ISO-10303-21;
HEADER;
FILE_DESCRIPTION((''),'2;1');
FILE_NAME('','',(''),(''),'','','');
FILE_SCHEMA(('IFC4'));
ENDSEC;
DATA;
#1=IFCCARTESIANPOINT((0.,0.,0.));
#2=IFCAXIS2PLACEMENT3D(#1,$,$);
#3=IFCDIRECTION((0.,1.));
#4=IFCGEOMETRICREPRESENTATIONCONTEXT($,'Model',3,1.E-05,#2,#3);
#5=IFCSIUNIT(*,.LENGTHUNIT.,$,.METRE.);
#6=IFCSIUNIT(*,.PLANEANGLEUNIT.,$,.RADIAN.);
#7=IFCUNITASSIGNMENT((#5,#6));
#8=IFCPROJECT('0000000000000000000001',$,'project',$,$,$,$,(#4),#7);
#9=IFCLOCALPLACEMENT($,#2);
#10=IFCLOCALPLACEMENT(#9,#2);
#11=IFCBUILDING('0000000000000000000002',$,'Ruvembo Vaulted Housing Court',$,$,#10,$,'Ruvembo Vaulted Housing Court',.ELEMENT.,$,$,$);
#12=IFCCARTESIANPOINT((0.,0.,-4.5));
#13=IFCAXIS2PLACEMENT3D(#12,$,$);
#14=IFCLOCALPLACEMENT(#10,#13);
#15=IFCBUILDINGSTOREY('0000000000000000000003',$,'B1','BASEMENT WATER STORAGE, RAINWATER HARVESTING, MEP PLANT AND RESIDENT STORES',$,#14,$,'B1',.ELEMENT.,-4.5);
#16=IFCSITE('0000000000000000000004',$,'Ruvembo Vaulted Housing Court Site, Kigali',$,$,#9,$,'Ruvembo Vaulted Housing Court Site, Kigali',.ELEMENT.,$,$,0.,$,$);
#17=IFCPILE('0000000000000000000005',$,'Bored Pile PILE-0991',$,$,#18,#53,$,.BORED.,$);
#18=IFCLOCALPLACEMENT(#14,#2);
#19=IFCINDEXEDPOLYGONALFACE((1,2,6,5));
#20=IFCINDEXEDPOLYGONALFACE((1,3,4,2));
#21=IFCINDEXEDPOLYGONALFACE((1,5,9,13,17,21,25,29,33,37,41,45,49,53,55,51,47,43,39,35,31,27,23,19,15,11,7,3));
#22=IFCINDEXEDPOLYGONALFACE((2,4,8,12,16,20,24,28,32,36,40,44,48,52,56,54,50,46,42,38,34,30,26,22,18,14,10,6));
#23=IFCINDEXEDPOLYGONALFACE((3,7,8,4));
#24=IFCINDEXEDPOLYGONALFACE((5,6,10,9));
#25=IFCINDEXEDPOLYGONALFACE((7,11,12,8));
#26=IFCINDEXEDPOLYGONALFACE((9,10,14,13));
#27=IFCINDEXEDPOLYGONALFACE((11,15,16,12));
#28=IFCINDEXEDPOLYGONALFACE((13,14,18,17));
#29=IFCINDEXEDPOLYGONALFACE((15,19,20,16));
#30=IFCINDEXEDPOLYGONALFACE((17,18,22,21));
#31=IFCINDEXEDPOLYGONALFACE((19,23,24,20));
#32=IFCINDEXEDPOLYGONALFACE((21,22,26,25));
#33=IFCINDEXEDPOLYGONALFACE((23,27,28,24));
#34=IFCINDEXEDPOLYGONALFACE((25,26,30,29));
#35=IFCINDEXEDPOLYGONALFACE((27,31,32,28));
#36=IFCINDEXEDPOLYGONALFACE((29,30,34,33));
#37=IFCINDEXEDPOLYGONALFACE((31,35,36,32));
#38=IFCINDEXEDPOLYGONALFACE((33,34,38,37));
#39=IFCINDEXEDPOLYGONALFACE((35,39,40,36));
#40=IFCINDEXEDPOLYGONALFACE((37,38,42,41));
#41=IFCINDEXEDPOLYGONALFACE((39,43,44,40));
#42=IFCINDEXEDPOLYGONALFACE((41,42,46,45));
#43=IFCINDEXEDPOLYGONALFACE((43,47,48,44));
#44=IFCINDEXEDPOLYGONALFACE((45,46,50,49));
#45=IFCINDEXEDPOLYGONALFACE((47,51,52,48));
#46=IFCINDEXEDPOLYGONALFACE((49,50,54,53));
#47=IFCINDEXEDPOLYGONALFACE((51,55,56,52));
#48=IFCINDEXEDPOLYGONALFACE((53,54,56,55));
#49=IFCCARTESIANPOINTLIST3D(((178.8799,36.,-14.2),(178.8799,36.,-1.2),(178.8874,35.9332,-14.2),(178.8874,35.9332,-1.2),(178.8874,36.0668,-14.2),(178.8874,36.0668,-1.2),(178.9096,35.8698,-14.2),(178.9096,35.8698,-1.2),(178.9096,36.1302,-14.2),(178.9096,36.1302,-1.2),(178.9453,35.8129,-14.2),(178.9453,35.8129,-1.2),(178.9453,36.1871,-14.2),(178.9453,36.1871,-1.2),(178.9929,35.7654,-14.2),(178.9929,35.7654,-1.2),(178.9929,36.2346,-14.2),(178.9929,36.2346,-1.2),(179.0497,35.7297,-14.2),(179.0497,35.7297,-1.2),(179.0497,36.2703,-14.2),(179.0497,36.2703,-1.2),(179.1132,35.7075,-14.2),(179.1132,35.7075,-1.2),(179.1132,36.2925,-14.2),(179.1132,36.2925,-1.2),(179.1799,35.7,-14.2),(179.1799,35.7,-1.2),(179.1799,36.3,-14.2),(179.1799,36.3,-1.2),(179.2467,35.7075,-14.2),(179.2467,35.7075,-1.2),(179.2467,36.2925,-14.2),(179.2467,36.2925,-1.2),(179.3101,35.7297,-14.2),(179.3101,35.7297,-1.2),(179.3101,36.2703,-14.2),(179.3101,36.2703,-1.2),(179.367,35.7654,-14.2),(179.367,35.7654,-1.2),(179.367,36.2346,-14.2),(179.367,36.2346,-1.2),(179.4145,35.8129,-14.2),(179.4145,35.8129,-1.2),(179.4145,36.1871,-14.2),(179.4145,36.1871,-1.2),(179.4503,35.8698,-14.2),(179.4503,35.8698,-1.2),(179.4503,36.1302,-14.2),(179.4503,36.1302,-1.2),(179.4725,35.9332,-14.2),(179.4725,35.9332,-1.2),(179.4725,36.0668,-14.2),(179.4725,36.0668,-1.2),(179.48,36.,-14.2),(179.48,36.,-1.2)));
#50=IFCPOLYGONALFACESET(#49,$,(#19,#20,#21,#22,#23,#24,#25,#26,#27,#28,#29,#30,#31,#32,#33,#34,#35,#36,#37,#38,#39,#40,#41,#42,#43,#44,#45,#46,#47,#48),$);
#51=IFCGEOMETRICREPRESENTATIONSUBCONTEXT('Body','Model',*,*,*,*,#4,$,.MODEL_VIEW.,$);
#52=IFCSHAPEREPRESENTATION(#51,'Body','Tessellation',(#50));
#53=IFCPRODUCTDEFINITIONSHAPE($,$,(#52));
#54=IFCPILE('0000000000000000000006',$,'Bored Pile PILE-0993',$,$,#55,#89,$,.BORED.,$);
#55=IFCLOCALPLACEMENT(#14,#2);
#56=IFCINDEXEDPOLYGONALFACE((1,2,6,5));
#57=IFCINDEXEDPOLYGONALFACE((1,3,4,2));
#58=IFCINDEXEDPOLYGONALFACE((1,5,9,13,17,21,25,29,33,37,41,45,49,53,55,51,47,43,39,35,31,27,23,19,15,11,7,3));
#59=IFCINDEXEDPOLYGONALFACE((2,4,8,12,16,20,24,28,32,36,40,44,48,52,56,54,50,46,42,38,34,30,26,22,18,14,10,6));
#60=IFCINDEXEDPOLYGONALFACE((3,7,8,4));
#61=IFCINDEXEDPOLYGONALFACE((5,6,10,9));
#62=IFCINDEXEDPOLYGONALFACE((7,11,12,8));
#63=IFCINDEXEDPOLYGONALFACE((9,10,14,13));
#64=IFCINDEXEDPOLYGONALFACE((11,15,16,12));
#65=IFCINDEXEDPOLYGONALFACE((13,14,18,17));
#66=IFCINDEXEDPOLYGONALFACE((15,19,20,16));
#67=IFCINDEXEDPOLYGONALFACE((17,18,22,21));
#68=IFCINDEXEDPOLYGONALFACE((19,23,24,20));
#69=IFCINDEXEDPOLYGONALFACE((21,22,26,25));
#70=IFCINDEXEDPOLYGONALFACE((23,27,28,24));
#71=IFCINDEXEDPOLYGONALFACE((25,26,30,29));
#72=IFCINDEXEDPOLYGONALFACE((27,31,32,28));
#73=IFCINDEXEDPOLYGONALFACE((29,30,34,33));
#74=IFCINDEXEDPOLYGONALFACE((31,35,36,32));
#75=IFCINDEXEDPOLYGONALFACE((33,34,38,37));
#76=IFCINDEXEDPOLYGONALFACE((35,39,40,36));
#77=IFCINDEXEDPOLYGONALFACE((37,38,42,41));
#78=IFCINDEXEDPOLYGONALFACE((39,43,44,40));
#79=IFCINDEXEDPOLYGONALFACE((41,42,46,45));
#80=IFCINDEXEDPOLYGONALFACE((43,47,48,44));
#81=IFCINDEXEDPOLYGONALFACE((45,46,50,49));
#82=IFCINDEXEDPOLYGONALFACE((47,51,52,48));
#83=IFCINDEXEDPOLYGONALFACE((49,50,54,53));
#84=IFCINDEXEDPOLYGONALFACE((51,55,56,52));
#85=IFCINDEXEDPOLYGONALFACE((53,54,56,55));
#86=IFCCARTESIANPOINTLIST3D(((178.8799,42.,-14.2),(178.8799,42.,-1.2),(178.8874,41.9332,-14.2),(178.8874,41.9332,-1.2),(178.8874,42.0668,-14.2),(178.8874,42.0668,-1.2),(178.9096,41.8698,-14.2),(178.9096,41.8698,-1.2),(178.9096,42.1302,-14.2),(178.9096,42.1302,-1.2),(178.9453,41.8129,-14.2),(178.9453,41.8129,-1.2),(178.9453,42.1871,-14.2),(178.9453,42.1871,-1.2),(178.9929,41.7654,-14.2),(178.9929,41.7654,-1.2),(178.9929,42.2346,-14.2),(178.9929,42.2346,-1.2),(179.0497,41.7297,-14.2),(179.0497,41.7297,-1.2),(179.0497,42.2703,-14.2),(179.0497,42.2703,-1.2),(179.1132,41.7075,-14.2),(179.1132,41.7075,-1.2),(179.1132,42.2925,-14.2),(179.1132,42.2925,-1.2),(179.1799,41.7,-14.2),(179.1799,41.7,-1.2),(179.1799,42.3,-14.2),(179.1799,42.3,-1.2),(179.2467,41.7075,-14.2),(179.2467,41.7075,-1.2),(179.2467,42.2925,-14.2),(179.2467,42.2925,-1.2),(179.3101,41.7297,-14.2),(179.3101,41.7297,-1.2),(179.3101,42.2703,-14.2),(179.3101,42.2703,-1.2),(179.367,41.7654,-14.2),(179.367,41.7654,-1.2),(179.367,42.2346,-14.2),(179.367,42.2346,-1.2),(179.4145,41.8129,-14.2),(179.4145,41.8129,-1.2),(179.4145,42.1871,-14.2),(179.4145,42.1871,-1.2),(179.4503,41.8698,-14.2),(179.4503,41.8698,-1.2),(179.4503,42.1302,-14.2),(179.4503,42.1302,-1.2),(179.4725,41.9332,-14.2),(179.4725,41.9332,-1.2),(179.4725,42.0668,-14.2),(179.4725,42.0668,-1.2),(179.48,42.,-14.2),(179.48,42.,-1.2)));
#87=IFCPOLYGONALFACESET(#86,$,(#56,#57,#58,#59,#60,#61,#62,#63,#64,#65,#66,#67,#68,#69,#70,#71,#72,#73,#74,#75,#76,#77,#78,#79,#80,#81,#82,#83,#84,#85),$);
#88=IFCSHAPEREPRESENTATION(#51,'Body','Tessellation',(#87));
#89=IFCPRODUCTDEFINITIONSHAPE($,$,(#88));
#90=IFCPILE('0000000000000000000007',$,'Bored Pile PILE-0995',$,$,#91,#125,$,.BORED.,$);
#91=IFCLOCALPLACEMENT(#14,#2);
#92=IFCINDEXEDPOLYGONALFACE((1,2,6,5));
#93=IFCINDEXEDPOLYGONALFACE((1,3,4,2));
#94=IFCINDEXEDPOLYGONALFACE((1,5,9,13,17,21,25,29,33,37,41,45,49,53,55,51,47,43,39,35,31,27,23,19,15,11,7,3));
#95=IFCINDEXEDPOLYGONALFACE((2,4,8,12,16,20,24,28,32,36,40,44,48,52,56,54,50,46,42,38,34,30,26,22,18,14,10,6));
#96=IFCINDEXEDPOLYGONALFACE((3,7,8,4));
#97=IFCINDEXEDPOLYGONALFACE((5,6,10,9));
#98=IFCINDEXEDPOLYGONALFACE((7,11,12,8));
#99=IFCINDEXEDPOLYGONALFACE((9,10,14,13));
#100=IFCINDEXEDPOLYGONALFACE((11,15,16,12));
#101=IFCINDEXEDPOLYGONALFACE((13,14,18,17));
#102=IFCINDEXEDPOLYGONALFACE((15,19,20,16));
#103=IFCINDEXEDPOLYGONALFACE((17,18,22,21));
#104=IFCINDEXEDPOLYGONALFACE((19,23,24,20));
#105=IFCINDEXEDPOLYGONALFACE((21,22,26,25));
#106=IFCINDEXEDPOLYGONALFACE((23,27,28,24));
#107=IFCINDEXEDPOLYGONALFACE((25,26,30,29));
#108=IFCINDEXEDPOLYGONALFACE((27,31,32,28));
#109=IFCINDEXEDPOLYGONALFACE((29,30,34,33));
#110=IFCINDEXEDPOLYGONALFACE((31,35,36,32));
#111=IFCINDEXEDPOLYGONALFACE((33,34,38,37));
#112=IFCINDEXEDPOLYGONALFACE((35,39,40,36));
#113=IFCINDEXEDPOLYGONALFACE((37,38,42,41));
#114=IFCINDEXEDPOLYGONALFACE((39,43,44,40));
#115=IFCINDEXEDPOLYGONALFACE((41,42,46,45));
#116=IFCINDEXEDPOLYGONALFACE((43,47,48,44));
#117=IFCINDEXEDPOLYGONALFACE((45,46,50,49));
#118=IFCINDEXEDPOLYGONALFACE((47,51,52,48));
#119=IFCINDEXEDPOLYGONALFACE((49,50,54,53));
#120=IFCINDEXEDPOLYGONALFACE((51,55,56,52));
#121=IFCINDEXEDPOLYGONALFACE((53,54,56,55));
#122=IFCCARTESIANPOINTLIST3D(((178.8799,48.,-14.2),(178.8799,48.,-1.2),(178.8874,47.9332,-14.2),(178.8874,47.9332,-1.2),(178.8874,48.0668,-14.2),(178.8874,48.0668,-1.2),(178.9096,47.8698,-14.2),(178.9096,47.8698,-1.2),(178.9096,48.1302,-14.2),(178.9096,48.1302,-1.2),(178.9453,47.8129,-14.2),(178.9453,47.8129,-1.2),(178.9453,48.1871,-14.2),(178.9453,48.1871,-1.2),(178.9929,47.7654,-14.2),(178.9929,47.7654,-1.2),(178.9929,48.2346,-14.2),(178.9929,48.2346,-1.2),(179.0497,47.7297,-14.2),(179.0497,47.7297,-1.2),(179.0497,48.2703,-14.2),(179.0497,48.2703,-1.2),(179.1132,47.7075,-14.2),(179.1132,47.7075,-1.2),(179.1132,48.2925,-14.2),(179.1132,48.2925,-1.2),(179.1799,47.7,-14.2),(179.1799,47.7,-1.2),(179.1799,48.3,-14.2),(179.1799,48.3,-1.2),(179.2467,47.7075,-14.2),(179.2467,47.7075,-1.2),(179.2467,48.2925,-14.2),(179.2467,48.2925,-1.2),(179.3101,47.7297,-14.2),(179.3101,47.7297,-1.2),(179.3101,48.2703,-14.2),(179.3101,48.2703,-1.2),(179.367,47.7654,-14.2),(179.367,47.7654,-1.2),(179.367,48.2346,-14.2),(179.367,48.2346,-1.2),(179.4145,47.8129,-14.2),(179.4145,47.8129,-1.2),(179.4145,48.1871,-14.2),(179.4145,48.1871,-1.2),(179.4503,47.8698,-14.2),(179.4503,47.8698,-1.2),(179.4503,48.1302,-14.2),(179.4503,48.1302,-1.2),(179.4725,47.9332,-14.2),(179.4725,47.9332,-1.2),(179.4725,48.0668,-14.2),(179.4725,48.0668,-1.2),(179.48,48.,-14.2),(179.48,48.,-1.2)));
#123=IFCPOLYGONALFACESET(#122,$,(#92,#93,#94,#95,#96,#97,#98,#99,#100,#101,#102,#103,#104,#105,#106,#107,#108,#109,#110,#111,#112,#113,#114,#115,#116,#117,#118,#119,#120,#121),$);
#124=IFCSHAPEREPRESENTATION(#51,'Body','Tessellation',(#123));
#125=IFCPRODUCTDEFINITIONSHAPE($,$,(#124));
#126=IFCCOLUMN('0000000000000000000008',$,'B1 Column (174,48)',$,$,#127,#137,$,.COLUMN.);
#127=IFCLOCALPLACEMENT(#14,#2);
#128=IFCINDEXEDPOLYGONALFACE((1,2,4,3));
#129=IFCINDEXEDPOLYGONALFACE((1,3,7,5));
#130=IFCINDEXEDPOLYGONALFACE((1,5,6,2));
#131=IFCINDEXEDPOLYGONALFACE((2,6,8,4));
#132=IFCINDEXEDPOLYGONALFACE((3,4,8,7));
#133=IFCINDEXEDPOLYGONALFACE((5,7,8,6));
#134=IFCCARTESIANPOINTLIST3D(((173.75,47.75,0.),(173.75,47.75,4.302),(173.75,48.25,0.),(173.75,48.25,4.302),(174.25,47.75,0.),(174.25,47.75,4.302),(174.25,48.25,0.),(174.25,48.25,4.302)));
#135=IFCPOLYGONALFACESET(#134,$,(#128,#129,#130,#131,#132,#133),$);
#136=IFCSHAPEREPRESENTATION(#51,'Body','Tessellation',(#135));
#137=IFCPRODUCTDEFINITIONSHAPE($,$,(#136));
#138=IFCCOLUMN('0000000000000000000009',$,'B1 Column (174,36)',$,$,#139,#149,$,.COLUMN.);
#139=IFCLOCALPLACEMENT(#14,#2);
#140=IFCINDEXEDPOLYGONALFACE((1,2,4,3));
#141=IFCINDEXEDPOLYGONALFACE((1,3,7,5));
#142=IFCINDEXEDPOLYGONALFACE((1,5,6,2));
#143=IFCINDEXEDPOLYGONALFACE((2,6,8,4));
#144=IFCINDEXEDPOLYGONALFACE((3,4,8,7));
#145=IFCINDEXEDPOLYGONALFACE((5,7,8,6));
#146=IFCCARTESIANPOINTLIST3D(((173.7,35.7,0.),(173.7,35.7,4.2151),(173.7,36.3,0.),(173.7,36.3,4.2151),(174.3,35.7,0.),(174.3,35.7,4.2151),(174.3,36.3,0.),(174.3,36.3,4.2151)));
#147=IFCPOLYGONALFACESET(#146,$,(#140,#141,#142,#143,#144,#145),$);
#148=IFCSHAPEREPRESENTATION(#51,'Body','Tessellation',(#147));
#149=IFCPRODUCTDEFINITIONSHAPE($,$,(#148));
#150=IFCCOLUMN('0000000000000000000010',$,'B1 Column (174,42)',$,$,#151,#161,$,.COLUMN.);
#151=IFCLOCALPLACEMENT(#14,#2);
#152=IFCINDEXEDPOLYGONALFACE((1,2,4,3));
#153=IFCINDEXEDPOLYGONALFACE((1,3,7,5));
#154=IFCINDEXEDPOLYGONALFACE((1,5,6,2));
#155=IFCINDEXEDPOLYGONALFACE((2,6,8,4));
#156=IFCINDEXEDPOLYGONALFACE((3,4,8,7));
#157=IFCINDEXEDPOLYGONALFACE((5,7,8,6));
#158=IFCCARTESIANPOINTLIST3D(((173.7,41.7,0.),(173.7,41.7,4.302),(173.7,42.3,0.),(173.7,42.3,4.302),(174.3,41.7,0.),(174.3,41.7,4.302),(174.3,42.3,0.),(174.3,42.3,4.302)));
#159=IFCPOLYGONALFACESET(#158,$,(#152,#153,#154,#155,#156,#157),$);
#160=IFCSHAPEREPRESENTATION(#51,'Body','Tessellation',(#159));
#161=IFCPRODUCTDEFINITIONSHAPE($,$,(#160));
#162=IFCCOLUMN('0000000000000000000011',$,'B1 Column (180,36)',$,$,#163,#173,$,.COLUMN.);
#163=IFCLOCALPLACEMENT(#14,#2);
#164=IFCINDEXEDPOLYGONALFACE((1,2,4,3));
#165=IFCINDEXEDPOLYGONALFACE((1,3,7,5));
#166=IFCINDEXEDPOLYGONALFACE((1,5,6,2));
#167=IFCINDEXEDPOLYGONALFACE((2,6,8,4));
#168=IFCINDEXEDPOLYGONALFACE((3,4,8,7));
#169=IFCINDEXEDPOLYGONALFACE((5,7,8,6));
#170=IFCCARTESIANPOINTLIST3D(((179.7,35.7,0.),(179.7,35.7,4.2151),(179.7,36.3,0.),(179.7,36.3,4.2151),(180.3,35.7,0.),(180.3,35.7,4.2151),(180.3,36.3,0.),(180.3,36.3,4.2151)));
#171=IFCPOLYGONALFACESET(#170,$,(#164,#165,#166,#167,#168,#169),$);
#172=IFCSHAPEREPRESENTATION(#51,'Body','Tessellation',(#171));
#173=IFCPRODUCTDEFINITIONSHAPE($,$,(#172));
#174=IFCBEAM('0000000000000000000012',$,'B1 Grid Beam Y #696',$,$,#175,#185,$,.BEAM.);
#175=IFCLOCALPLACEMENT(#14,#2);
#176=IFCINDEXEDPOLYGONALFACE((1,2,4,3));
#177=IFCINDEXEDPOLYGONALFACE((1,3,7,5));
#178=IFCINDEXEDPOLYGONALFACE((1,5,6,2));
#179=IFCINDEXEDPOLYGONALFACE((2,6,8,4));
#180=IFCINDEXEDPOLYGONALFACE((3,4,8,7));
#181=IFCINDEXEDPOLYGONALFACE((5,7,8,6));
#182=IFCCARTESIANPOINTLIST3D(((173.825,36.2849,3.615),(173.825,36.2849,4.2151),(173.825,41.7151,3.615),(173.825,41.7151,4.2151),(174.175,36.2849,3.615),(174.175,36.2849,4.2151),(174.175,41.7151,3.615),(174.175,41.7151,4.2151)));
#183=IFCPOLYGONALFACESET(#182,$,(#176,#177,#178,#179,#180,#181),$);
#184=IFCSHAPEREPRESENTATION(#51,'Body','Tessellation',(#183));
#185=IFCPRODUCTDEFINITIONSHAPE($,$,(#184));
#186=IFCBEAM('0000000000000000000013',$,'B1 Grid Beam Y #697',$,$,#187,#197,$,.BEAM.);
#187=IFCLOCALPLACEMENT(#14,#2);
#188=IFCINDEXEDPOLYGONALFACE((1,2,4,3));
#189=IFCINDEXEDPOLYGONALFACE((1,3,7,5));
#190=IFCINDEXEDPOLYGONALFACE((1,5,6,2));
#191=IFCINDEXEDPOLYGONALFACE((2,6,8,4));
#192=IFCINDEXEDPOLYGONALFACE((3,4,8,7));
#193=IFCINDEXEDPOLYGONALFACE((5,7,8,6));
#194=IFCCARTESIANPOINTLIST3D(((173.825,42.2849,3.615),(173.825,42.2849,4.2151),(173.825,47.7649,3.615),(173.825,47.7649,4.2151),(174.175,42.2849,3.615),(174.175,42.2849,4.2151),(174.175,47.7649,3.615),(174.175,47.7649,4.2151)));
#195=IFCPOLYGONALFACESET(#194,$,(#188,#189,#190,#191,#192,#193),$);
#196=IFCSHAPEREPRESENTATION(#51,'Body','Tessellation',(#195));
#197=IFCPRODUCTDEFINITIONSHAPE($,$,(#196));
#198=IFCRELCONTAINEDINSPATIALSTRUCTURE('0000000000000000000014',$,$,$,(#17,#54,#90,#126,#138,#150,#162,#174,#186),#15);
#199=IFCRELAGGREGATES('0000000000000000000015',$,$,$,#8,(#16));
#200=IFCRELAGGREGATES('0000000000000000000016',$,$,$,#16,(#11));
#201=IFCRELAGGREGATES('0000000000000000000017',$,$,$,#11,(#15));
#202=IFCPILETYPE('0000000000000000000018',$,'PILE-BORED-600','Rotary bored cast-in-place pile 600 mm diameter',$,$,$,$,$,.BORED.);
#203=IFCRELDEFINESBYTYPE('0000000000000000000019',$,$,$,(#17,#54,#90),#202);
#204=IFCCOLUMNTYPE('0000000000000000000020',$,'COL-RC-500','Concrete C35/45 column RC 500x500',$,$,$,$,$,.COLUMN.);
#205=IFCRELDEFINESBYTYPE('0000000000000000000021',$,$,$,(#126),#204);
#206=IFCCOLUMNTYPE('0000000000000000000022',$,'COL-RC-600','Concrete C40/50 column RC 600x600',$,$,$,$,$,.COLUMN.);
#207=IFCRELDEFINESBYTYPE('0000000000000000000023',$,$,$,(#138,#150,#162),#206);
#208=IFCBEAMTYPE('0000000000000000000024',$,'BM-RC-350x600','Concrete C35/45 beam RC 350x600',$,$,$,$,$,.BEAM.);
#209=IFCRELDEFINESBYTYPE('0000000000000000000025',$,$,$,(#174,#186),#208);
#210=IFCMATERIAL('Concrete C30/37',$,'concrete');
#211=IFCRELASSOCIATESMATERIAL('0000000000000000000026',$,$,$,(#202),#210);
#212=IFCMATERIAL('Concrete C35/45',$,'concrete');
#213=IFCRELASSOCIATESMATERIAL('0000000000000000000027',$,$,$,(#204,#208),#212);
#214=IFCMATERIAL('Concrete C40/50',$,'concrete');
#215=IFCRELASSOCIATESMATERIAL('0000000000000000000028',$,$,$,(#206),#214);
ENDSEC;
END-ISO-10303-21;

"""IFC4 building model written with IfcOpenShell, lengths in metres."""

from ifc_helpers import new_model, si_unit, direction, frame, origin, origin_2d, place, context, subcontext, project, spatial, rectangle, circle, extrude, material, material_profile, profile_set, type_object, element, save


model = new_model("IFC4")

# Units and contexts
model_context = context("Model", 3, precision=1e-05, world=origin(), true_north=direction((0.0, 1.0)))
body_context = subcontext(model_context, "Body", "Model", "MODEL_VIEW")
ifc_project = project(units=[si_unit("LENGTHUNIT", "METRE"), si_unit("PLANEANGLEUNIT", "RADIAN")], contexts=[model_context])

# Site, building, storey
site_placement = place(None, origin())
site = spatial("IfcSite", under=ifc_project, at=site_placement, Name="Ruvembo Vaulted Housing Court Site, Kigali", LongName="Ruvembo Vaulted Housing Court Site, Kigali", CompositionType="ELEMENT", RefElevation=0.0)
building_placement = place(site_placement, origin())
building = spatial("IfcBuilding", under=site, at=building_placement, Name="Ruvembo Vaulted Housing Court", LongName="Ruvembo Vaulted Housing Court", CompositionType="ELEMENT")
storey_placement = place(building_placement, frame((0.0, 0.0, -4.5)))
storey = spatial("IfcBuildingStorey", under=building, at=storey_placement, Name="B1", Description="BASEMENT WATER STORAGE, RAINWATER HARVESTING, MEP PLANT AND RESIDENT STORES", LongName="B1", CompositionType="ELEMENT", Elevation=-4.5)

# Shared definitions
ifc_material_1 = material(Name="Concrete C35/45", Category="concrete")

# Piles
ifc_material_2 = material(Name="Concrete C30/37", Category="concrete")
ifc_material_profile_1 = material_profile(ifc_material_2, circle(Radius=0.3, at=origin_2d()), Name="PILE D600")
ifc_profile_set_1 = profile_set([ifc_material_profile_1], Name="Concrete C30/37")
pile_type = type_object("IfcPileType", Name="PILE-BORED-600", Description="Rotary bored cast-in-place pile 600 mm diameter", PredefinedType="BORED", material=ifc_profile_set_1)
for number, where, z_axis, x_axis, name in (
    (1, (179.1799, 36.0, -1.2), (0.0, 0.0, -1.0), (1.0, 0.0, 0.0), "Bored Pile PILE-0991"),
    (2, (179.1799, 42.0, -1.2), (0.0, 0.0, -1.0), (1.0, 0.0, 0.0), "Bored Pile PILE-0993"),
    (3, (179.1799, 48.0, -1.2), (0.0, 0.0, -1.0), (1.0, 0.0, 0.0), "Bored Pile PILE-0995"),
):
    element("IfcPile", number, at=place(storey_placement, frame(where, z_axis=z_axis, x_axis=x_axis)), inside=storey, type_object=pile_type, Name=name, PredefinedType="BORED", context=body_context, shape_type="SweptSolid", body=[
        extrude(circle(Radius=0.3, at=origin_2d()), origin(), (0.0, 0.0, 1.0), 13.0),
    ])

# Columns
ifc_material_profile_2 = material_profile(ifc_material_1, rectangle(XDim=0.5, YDim=0.5, at=origin_2d()), Name="RC 500x500")
ifc_profile_set_2 = profile_set([ifc_material_profile_2], Name="Concrete C35/45")
column_type_1 = type_object("IfcColumnType", Name="COL-RC-500", Description="Concrete C35/45 column RC 500x500", PredefinedType="COLUMN", material=ifc_profile_set_2)
column_1_placement = place(storey_placement, frame((174.0, 48.0, 0.0), z_axis=(0.0, 0.0, 1.0), x_axis=(1.0, 0.0, 0.0)))
element("IfcColumn", 4, at=column_1_placement, inside=storey, type_object=column_type_1, Name="B1 Column (174,48)", PredefinedType="COLUMN", context=body_context, shape_type="SweptSolid", body=[
    extrude(rectangle(XDim=0.5, YDim=0.5, at=origin_2d()), origin(), (0.0, 0.0, 1.0), 4.302),
])
ifc_material_3 = material(Name="Concrete C40/50", Category="concrete")
ifc_material_profile_3 = material_profile(ifc_material_3, rectangle(XDim=0.6001, YDim=0.6001, at=origin_2d()), Name="RC 600x600")
ifc_profile_set_3 = profile_set([ifc_material_profile_3], Name="Concrete C40/50")
column_type_2 = type_object("IfcColumnType", Name="COL-RC-600", Description="Concrete C40/50 column RC 600x600", PredefinedType="COLUMN", material=ifc_profile_set_3)
column_2_placement = place(storey_placement, frame((174.0, 36.0, 0.0), z_axis=(0.0, 0.0, 1.0), x_axis=(1.0, 0.0, 0.0)))
element("IfcColumn", 5, at=column_2_placement, inside=storey, type_object=column_type_2, Name="B1 Column (174,36)", PredefinedType="COLUMN", context=body_context, shape_type="SweptSolid", body=[
    extrude(rectangle(XDim=0.6001, YDim=0.6001, at=origin_2d()), origin(), (0.0, 0.0, 1.0), 4.2151),
])
column_3_placement = place(storey_placement, frame((174.0, 42.0, 0.0), z_axis=(0.0, 0.0, 1.0), x_axis=(1.0, 0.0, 0.0)))
element("IfcColumn", 6, at=column_3_placement, inside=storey, type_object=column_type_2, Name="B1 Column (174,42)", PredefinedType="COLUMN", context=body_context, shape_type="SweptSolid", body=[
    extrude(rectangle(XDim=0.6001, YDim=0.6001, at=origin_2d()), origin(), (0.0, 0.0, 1.0), 4.302),
])
column_4_placement = place(storey_placement, frame((180.0, 36.0, 0.0), z_axis=(0.0, 0.0, 1.0), x_axis=(1.0, 0.0, 0.0)))
element("IfcColumn", 7, at=column_4_placement, inside=storey, type_object=column_type_2, Name="B1 Column (180,36)", PredefinedType="COLUMN", context=body_context, shape_type="SweptSolid", body=[
    extrude(rectangle(XDim=0.6001, YDim=0.6001, at=origin_2d()), origin(), (0.0, 0.0, 1.0), 4.2151),
])

# Beams
ifc_material_profile_4 = material_profile(ifc_material_1, rectangle(XDim=0.3501, YDim=0.6001, at=origin_2d()), Name="RC 350x600")
ifc_profile_set_4 = profile_set([ifc_material_profile_4], Name="Concrete C35/45")
beam_type_1 = type_object("IfcBeamType", Name="BM-RC-350x600", Description="Concrete C35/45 beam RC 350x600", PredefinedType="BEAM", material=ifc_profile_set_4)
beam_1_placement = place(storey_placement, frame((174.0, 36.2849, 3.915), z_axis=(0.0, 1.0, 0.0), x_axis=(-1.0, 0.0, 0.0)))
element("IfcBeam", 8, at=beam_1_placement, inside=storey, type_object=beam_type_1, Name="B1 Grid Beam Y #696", PredefinedType="BEAM", context=body_context, shape_type="SweptSolid", body=[
    extrude(rectangle(XDim=0.3501, YDim=0.6001, at=origin_2d()), origin(), (0.0, 0.0, 1.0), 5.4302),
])
beam_2_placement = place(storey_placement, frame((174.0, 42.2849, 3.915), z_axis=(0.0, 1.0, 0.0), x_axis=(-1.0, 0.0, 0.0)))
element("IfcBeam", 9, at=beam_2_placement, inside=storey, type_object=beam_type_1, Name="B1 Grid Beam Y #697", PredefinedType="BEAM", context=body_context, shape_type="SweptSolid", body=[
    extrude(rectangle(XDim=0.3501, YDim=0.6001, at=origin_2d()), origin(), (0.0, 0.0, 1.0), 5.48),
])

save(model, "model.ifc")
